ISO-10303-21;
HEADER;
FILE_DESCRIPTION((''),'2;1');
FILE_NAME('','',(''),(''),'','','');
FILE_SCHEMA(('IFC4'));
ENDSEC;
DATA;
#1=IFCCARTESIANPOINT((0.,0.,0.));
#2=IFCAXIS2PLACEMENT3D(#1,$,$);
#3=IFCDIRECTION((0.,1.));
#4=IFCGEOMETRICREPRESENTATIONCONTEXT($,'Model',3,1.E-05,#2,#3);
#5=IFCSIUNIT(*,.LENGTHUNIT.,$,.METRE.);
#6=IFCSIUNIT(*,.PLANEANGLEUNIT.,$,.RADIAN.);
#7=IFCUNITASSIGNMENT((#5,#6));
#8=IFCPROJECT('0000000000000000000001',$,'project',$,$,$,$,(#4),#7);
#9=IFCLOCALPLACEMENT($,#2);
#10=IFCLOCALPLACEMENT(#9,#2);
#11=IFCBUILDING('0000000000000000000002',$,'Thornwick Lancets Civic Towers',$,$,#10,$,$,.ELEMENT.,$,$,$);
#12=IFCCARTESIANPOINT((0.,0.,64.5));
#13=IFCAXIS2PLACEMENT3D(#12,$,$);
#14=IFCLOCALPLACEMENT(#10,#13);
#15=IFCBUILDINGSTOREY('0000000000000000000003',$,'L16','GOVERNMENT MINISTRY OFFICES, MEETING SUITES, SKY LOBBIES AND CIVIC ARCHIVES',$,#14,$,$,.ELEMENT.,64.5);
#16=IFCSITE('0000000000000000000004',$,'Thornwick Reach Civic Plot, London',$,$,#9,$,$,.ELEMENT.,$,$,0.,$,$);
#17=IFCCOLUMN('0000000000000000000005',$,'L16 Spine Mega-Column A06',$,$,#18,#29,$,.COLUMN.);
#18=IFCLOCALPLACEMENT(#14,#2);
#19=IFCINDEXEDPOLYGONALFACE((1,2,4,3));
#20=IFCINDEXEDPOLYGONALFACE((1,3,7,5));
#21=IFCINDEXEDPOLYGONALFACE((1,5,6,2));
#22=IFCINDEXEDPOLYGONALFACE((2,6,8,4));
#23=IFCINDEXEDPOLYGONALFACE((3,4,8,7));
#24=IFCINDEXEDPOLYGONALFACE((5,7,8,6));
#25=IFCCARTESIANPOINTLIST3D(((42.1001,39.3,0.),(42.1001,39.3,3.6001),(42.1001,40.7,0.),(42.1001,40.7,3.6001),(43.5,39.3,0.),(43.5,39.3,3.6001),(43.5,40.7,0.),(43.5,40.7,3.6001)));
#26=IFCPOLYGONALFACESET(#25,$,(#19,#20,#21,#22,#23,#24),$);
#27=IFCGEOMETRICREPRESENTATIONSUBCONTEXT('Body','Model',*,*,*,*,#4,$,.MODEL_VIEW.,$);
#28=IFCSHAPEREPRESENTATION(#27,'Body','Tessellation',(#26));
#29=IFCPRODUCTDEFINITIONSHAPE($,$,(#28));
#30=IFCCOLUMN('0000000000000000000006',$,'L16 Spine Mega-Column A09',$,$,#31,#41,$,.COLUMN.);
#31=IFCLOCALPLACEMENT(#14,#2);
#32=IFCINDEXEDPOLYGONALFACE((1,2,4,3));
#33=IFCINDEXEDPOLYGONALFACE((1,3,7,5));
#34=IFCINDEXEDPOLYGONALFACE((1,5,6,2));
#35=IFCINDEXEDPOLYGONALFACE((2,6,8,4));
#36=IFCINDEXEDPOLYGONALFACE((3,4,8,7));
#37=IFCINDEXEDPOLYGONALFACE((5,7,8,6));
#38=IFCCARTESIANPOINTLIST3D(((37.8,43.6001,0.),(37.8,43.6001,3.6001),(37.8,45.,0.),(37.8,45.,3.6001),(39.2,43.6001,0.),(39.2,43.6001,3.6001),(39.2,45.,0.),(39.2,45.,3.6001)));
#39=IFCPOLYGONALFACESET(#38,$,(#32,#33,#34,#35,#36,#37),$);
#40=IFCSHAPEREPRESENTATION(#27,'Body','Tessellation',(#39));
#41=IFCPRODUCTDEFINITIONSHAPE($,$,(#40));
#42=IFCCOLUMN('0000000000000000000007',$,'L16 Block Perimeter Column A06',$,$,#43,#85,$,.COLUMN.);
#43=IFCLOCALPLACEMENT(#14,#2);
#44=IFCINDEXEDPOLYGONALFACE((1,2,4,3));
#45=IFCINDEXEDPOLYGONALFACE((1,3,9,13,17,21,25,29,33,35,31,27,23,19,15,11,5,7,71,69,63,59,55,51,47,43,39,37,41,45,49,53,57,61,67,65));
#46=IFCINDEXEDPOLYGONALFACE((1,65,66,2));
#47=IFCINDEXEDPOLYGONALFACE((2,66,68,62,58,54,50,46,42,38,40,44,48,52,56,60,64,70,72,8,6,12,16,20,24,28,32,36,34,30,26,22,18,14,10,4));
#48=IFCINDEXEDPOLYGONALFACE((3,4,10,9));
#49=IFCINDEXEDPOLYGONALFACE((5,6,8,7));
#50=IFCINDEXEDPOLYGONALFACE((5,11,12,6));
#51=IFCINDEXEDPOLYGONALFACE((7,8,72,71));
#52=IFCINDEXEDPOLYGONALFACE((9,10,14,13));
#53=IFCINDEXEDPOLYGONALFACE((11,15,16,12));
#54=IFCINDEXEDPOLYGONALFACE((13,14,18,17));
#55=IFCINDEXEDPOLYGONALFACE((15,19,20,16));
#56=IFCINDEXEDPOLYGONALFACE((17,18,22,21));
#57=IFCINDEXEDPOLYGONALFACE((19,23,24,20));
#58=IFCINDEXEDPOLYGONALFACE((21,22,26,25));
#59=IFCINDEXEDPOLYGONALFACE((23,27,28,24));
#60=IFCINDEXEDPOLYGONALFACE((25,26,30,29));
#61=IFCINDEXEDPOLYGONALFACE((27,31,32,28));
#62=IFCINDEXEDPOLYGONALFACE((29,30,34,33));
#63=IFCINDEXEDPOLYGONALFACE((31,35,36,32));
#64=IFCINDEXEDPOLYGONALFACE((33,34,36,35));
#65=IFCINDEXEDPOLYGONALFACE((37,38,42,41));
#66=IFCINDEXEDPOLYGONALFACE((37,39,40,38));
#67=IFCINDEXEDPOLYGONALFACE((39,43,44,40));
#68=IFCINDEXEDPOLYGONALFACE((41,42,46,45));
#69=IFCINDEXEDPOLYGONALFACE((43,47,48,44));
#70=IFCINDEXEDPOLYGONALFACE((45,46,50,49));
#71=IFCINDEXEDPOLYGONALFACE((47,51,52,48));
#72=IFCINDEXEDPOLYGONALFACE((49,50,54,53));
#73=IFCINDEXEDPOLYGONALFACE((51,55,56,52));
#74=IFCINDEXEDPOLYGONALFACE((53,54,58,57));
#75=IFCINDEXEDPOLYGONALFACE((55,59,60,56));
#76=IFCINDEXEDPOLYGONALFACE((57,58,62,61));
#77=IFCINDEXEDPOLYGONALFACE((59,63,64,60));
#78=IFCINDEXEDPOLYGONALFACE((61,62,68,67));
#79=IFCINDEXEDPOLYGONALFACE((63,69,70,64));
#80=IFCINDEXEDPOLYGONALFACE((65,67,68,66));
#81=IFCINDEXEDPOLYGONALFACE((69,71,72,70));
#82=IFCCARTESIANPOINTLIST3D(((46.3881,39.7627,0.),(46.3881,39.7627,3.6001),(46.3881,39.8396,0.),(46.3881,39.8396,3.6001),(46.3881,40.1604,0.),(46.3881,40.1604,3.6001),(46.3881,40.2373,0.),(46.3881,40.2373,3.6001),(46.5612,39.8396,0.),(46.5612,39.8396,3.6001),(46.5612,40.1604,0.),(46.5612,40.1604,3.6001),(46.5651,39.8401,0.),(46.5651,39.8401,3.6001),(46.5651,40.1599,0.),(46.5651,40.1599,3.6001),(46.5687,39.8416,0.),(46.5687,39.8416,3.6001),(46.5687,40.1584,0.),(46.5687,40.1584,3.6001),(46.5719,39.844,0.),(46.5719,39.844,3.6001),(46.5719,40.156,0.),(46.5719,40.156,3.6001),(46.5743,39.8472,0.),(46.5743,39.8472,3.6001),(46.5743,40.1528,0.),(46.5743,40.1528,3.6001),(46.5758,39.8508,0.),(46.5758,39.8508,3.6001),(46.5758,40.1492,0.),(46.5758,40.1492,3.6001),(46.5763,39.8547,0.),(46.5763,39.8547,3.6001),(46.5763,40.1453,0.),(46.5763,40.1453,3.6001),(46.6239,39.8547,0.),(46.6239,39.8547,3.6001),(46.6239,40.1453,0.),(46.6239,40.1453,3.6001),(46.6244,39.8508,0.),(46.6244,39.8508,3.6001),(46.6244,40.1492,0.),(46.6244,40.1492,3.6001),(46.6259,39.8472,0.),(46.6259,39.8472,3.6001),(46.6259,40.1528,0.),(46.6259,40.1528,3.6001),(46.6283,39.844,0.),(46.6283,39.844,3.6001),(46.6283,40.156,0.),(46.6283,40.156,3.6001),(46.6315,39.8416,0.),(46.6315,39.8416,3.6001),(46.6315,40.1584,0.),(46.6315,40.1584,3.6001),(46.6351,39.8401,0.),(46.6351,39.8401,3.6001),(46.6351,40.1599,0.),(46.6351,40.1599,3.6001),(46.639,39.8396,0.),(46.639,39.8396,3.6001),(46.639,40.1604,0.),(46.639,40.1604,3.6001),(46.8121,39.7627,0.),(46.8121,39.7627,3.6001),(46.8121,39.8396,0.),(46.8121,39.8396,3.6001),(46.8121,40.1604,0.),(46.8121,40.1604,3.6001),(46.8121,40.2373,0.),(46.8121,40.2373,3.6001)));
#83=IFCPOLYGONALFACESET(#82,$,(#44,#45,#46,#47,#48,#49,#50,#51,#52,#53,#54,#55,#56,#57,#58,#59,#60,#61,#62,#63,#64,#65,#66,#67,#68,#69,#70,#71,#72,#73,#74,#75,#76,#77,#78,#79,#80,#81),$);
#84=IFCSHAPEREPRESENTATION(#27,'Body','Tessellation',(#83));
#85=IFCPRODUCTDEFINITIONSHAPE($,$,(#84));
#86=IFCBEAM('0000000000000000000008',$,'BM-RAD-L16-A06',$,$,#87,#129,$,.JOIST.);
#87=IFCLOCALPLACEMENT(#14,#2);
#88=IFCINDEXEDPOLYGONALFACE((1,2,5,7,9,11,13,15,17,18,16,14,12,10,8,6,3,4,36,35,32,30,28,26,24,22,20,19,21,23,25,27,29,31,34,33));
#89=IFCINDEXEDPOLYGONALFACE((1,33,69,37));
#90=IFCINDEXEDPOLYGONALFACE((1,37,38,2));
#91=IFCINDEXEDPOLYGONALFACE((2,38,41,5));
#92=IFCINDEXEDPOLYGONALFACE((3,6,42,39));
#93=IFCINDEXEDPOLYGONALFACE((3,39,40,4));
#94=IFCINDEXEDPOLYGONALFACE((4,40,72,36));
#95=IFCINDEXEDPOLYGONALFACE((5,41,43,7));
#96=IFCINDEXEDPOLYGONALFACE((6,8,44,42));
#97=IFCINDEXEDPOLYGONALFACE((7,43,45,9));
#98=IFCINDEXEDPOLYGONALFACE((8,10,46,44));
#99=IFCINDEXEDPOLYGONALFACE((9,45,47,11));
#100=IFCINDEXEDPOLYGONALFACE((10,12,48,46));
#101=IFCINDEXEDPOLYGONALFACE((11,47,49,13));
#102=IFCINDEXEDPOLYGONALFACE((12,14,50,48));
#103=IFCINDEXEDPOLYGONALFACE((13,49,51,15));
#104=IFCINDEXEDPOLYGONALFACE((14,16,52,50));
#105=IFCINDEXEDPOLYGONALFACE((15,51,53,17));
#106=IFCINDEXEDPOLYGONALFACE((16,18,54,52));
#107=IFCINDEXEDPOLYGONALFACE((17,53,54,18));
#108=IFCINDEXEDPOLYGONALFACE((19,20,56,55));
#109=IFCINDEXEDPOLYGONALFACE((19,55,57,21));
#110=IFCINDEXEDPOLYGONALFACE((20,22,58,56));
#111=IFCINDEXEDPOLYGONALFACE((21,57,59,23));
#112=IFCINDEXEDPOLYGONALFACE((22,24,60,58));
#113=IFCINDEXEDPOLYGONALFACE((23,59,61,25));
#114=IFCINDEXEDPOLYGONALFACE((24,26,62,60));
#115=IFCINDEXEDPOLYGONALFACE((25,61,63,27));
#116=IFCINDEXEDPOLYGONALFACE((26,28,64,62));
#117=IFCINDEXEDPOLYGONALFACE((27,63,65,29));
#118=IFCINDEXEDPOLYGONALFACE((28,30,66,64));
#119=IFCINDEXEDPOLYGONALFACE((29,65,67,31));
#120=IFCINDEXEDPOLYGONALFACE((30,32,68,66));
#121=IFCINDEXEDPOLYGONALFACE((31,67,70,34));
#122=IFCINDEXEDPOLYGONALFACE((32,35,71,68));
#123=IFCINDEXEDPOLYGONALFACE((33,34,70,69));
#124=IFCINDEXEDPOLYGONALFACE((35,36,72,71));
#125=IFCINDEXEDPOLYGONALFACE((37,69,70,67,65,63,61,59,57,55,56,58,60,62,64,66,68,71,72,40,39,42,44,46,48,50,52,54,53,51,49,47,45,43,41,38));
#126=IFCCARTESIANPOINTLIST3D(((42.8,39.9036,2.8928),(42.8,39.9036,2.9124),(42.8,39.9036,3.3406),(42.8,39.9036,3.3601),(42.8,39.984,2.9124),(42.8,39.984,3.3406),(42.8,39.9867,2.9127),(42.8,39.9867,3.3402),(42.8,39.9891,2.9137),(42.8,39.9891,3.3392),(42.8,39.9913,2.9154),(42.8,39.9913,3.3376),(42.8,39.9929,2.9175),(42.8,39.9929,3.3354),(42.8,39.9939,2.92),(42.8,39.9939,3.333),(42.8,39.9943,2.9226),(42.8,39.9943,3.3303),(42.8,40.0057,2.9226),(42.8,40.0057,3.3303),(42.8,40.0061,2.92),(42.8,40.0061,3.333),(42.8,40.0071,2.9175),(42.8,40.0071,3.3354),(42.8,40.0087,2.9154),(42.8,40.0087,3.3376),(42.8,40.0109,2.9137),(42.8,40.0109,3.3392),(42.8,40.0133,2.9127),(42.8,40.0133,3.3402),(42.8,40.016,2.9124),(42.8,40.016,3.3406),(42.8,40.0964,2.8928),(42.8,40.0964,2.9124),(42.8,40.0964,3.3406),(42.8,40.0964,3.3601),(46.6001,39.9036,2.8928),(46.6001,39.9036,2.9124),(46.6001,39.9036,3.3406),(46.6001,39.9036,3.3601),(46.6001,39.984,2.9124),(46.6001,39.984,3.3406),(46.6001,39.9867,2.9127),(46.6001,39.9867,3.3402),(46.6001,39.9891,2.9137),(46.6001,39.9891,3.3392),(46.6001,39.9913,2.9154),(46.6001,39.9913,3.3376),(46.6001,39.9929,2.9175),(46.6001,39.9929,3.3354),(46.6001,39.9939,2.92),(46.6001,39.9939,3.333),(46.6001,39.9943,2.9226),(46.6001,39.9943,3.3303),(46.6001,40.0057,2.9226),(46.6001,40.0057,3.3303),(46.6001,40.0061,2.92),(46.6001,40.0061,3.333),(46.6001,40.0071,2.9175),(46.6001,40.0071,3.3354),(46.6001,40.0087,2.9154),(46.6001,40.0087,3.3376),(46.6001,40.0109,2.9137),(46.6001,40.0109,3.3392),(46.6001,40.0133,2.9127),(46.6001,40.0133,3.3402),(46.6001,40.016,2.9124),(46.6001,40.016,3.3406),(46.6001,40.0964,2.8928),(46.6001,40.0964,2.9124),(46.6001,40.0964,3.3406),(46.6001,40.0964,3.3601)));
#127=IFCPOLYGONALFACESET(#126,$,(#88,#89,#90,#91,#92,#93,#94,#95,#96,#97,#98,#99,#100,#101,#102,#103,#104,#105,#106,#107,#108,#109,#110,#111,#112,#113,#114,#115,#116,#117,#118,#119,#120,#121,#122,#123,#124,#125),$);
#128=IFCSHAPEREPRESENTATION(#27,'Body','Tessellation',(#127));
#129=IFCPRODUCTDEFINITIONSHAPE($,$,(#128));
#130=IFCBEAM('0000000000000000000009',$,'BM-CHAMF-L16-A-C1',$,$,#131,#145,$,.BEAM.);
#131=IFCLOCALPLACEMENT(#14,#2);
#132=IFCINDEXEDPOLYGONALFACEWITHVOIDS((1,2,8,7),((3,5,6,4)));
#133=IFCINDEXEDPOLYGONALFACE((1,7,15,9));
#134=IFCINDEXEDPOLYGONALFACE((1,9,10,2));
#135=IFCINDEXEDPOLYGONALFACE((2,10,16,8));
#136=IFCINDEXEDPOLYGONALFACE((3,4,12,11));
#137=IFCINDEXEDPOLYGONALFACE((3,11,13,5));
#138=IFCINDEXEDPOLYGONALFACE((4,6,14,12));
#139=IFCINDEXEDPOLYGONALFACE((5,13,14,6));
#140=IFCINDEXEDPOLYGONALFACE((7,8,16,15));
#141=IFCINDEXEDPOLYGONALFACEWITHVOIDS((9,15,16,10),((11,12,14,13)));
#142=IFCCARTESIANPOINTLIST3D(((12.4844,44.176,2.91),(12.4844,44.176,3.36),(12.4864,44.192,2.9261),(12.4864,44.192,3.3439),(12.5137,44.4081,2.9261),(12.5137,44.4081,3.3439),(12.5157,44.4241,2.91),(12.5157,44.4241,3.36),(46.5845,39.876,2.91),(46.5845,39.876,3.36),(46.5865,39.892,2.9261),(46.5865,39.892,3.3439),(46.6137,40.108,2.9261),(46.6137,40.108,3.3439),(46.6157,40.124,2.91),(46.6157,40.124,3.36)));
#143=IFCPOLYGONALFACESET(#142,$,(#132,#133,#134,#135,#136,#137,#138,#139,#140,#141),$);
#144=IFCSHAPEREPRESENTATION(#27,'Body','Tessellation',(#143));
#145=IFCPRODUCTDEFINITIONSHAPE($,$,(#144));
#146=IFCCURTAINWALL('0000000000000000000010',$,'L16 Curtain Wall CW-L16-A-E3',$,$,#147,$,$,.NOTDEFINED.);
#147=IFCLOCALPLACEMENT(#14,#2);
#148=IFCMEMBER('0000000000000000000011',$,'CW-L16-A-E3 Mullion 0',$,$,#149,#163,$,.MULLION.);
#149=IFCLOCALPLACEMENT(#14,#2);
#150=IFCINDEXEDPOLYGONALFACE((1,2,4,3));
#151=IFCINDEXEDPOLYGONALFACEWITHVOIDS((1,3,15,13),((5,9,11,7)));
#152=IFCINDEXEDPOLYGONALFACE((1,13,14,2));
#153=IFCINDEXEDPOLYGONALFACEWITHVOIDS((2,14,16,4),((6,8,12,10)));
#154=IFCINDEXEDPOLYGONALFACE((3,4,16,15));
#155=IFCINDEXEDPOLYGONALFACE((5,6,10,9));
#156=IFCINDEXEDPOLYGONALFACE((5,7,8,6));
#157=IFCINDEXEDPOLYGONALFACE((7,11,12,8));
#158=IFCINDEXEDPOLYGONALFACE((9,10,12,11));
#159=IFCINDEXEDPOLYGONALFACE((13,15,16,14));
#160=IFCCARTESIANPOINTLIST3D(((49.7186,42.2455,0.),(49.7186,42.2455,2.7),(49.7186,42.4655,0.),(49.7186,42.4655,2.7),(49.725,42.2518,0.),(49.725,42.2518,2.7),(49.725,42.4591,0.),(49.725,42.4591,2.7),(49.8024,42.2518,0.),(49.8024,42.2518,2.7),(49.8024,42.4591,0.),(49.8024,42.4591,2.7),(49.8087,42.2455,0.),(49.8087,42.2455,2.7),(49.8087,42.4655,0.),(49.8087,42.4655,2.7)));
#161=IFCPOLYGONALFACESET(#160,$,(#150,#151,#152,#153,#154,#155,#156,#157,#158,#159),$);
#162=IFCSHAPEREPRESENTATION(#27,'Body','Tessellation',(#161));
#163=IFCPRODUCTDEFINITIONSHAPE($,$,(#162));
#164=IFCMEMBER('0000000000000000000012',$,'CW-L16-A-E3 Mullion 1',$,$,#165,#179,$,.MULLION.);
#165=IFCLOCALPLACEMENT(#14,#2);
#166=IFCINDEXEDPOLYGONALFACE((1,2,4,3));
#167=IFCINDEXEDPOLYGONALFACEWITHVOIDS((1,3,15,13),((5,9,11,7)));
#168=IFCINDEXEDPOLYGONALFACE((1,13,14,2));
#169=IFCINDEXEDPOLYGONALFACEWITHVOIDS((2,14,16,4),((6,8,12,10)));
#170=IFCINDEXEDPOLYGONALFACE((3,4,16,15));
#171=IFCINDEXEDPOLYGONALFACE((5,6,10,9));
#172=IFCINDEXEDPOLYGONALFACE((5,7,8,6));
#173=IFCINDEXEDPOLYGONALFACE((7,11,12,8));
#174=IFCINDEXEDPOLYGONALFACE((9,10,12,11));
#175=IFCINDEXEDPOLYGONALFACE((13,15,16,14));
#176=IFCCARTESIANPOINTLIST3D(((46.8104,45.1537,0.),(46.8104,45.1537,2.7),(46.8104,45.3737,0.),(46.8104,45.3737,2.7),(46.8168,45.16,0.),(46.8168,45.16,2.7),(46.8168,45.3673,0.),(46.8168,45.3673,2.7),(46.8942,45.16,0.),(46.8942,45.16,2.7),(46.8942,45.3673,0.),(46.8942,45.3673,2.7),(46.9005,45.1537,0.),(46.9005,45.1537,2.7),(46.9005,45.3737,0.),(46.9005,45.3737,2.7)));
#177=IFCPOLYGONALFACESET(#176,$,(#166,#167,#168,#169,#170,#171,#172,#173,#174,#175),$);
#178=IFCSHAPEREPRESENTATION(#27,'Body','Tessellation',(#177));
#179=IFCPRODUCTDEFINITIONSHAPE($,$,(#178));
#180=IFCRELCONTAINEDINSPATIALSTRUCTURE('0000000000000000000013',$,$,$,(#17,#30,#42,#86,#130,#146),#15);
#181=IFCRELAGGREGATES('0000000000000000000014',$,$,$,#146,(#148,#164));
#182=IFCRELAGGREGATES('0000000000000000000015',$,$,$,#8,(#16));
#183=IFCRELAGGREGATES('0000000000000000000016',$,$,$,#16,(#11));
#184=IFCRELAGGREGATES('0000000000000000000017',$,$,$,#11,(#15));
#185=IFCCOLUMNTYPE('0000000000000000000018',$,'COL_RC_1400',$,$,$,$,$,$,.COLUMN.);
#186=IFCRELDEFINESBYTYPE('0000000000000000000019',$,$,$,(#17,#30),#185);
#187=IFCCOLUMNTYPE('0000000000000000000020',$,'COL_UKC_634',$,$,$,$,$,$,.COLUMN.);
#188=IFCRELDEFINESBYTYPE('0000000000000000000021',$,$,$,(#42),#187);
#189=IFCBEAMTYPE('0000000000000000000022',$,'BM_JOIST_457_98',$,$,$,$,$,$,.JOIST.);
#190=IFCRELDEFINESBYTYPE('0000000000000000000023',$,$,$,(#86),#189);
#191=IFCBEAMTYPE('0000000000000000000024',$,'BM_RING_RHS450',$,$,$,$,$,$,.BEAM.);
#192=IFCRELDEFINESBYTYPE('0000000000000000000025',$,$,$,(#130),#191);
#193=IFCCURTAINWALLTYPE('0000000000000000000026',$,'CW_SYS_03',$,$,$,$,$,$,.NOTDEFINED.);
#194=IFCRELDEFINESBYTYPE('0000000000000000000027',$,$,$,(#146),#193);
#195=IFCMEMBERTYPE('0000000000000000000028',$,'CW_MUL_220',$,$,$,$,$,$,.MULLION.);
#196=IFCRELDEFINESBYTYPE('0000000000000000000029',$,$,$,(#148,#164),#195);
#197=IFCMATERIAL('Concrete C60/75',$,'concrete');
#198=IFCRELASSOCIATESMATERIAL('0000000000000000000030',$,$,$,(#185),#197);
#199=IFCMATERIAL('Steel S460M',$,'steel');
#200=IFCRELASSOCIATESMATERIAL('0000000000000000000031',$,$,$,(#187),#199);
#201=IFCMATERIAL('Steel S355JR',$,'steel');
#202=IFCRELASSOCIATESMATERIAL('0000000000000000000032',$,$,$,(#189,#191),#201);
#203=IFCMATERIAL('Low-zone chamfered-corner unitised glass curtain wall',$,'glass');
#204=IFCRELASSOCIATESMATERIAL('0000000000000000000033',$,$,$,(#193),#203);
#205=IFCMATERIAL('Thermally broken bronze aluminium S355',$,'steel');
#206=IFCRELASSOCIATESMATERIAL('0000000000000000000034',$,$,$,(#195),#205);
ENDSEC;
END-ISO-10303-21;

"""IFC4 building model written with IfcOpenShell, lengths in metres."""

from ifc_helpers import new_model, si_unit, direction, frame, origin, origin_2d, place, context, subcontext, project, spatial, rectangle, hollow_rectangle, i_section, extrude, material, material_profile, profile_set, type_object, element, aggregate, save


model = new_model("IFC4")

# Units and contexts
model_context = context("Model", 3, precision=1e-05, world=origin(), true_north=direction((0.0, 1.0)))
body_context = subcontext(model_context, "Body", "Model", "MODEL_VIEW")
ifc_project = project(units=[si_unit("LENGTHUNIT", "METRE"), si_unit("PLANEANGLEUNIT", "RADIAN")], contexts=[model_context])

# Site, building, storey
site_placement = place(None, origin())
site = spatial("IfcSite", under=ifc_project, at=site_placement, Name="Thornwick Reach Civic Plot, London", CompositionType="ELEMENT", RefElevation=0.0)
building_placement = place(site_placement, origin())
building = spatial("IfcBuilding", under=site, at=building_placement, Name="Thornwick Lancets Civic Towers", CompositionType="ELEMENT")
storey_placement = place(building_placement, frame((0.0, 0.0, 64.5)))
storey = spatial("IfcBuildingStorey", under=building, at=storey_placement, Name="L16", Description="GOVERNMENT MINISTRY OFFICES, MEETING SUITES, SKY LOBBIES AND CIVIC ARCHIVES", CompositionType="ELEMENT", Elevation=64.5)

# Columns
ifc_material_1 = material(Name="Concrete C60/75", Category="concrete")
ifc_material_profile_1 = material_profile(ifc_material_1, rectangle(XDim=1.3999, YDim=1.3999, at=origin_2d()), Name="RC 1400x1400")
ifc_profile_set_1 = profile_set([ifc_material_profile_1], Name="Concrete C60/75")
column_type_1 = type_object("IfcColumnType", Name="COL_RC_1400", PredefinedType="COLUMN", material=ifc_profile_set_1)
for number, where, z_axis, x_axis, name in (
    (1, (42.8, 40.0, 0.0), (0.0, 0.0, 1.0), (1.0, 0.0, 0.0), "L16 Spine Mega-Column A06"),
    (2, (38.5, 44.3, 0.0), (0.0, 0.0, 1.0), (1.0, 0.0, 0.0), "L16 Spine Mega-Column A09"),
):
    element("IfcColumn", number, at=place(storey_placement, frame(where, z_axis=z_axis, x_axis=x_axis)), inside=storey, type_object=column_type_1, Name=name, PredefinedType="COLUMN", context=body_context, shape_type="SweptSolid", body=[
        extrude(rectangle(XDim=1.3999, YDim=1.3999, at=origin_2d()), origin(), (0.0, 0.0, 1.0), 3.6001),
    ])
ifc_material_2 = material(Name="Steel S460M", Category="steel")
ifc_material_profile_2 = material_profile(ifc_material_2, i_section(OverallWidth=0.4241, OverallDepth=0.4746, WebThickness=0.0476, FlangeThickness=0.0769, FilletRadius=0.0151, at=origin_2d()), Name="UKC 356x406x634")
ifc_profile_set_2 = profile_set([ifc_material_profile_2], Name="Steel S460M")
column_type_2 = type_object("IfcColumnType", Name="COL_UKC_634", PredefinedType="COLUMN", material=ifc_profile_set_2)
column_placement = place(storey_placement, frame((46.6001, 40.0, 0.0), z_axis=(0.0, 0.0, 1.0), x_axis=(1.0, 0.0, 0.0)))
element("IfcColumn", 3, at=column_placement, inside=storey, type_object=column_type_2, Name="L16 Block Perimeter Column A06", PredefinedType="COLUMN", context=body_context, shape_type="SweptSolid", body=[
    extrude(i_section(OverallWidth=0.4241, OverallDepth=0.4746, WebThickness=0.0476, FlangeThickness=0.0769, FilletRadius=0.0151, at=origin_2d()), origin(), (0.0, 0.0, 1.0), 3.6001),
])

# Beams
ifc_material_3 = material(Name="Steel S355JR", Category="steel")
ifc_material_profile_3 = material_profile(ifc_material_3, i_section(OverallWidth=0.1929, OverallDepth=0.4673, WebThickness=0.0115, FlangeThickness=0.0195, FilletRadius=0.0103, at=origin_2d()), Name="UKB 457x191x98")
ifc_profile_set_3 = profile_set([ifc_material_profile_3], Name="Steel S355JR")
beam_type_1 = type_object("IfcBeamType", Name="BM_JOIST_457_98", PredefinedType="JOIST", material=ifc_profile_set_3)
beam_1_placement = place(storey_placement, frame((42.8, 40.0, 3.1265), z_axis=(1.0, 0.0, 0.0), x_axis=(0.0, 1.0, 0.0)))
element("IfcBeam", 4, at=beam_1_placement, inside=storey, type_object=beam_type_1, Name="BM-RAD-L16-A06", PredefinedType="JOIST", context=body_context, shape_type="SweptSolid", body=[
    extrude(i_section(OverallWidth=0.1929, OverallDepth=0.4673, WebThickness=0.0115, FlangeThickness=0.0195, FilletRadius=0.0103, at=origin_2d()), origin(), (0.0, 0.0, 1.0), 3.8),
])
ifc_material_profile_4 = material_profile(ifc_material_3, hollow_rectangle(XDim=0.25, YDim=0.45, WallThickness=0.0161, at=origin_2d()), Name="RHS 450x250x16")
ifc_profile_set_4 = profile_set([ifc_material_profile_4], Name="Steel S355JR")
beam_type_2 = type_object("IfcBeamType", Name="BM_RING_RHS450", PredefinedType="BEAM", material=ifc_profile_set_4)
beam_2_placement = place(storey_placement, frame((46.6001, 40.0, 3.135), z_axis=(-0.992143, 0.12511, 0.0), x_axis=(-0.12511, -0.992143, 0.0)))
element("IfcBeam", 5, at=beam_2_placement, inside=storey, type_object=beam_type_2, Name="BM-CHAMF-L16-A-C1", PredefinedType="BEAM", context=body_context, shape_type="SweptSolid", body=[
    extrude(hollow_rectangle(XDim=0.25, YDim=0.45, WallThickness=0.0161, at=origin_2d()), origin(), (0.0, 0.0, 1.0), 34.3701),
])

# Curtain wall, members
ifc_material_4 = material(Name="Low-zone chamfered-corner unitised glass curtain wall", Category="glass")
curtain_wall_type = type_object("IfcCurtainWallType", Name="CW_SYS_03", PredefinedType="NOTDEFINED", material=ifc_material_4)
curtain_wall_placement = place(storey_placement, origin())
curtain_wall = element("IfcCurtainWall", 6, at=curtain_wall_placement, inside=storey, type_object=curtain_wall_type, Name="L16 Curtain Wall CW-L16-A-E3", PredefinedType="NOTDEFINED")
ifc_material_5 = material(Name="Thermally broken bronze aluminium S355", Category="steel")
ifc_material_profile_5 = material_profile(ifc_material_5, hollow_rectangle(XDim=0.0901, YDim=0.22, WallThickness=0.0063, at=origin_2d()), Name="RHS 220x90x6.3")
ifc_profile_set_5 = profile_set([ifc_material_profile_5], Name="Thermally broken bronze aluminium S355")
member_type_1 = type_object("IfcMemberType", Name="CW_MUL_220", PredefinedType="MULLION", material=ifc_profile_set_5)
member_1_placement = place(storey_placement, frame((49.7637, 42.3555, 0.0), z_axis=(0.0, 0.0, 1.0), x_axis=(1.0, 0.0, 0.0)))
member_1 = element("IfcMember", 7, at=member_1_placement, type_object=member_type_1, Name="CW-L16-A-E3 Mullion 0", PredefinedType="MULLION", context=body_context, shape_type="SweptSolid", body=[
    extrude(hollow_rectangle(XDim=0.0901, YDim=0.22, WallThickness=0.0063, at=origin_2d()), origin(), (0.0, 0.0, 1.0), 2.7),
])
member_2_placement = place(storey_placement, frame((46.8555, 45.2637, 0.0), z_axis=(0.0, 0.0, 1.0), x_axis=(1.0, 0.0, 0.0)))
member_2 = element("IfcMember", 8, at=member_2_placement, type_object=member_type_1, Name="CW-L16-A-E3 Mullion 1", PredefinedType="MULLION", context=body_context, shape_type="SweptSolid", body=[
    extrude(hollow_rectangle(XDim=0.0901, YDim=0.22, WallThickness=0.0063, at=origin_2d()), origin(), (0.0, 0.0, 1.0), 2.7),
])
aggregate(curtain_wall, [member_1, member_2])

save(model, "model.ifc")
